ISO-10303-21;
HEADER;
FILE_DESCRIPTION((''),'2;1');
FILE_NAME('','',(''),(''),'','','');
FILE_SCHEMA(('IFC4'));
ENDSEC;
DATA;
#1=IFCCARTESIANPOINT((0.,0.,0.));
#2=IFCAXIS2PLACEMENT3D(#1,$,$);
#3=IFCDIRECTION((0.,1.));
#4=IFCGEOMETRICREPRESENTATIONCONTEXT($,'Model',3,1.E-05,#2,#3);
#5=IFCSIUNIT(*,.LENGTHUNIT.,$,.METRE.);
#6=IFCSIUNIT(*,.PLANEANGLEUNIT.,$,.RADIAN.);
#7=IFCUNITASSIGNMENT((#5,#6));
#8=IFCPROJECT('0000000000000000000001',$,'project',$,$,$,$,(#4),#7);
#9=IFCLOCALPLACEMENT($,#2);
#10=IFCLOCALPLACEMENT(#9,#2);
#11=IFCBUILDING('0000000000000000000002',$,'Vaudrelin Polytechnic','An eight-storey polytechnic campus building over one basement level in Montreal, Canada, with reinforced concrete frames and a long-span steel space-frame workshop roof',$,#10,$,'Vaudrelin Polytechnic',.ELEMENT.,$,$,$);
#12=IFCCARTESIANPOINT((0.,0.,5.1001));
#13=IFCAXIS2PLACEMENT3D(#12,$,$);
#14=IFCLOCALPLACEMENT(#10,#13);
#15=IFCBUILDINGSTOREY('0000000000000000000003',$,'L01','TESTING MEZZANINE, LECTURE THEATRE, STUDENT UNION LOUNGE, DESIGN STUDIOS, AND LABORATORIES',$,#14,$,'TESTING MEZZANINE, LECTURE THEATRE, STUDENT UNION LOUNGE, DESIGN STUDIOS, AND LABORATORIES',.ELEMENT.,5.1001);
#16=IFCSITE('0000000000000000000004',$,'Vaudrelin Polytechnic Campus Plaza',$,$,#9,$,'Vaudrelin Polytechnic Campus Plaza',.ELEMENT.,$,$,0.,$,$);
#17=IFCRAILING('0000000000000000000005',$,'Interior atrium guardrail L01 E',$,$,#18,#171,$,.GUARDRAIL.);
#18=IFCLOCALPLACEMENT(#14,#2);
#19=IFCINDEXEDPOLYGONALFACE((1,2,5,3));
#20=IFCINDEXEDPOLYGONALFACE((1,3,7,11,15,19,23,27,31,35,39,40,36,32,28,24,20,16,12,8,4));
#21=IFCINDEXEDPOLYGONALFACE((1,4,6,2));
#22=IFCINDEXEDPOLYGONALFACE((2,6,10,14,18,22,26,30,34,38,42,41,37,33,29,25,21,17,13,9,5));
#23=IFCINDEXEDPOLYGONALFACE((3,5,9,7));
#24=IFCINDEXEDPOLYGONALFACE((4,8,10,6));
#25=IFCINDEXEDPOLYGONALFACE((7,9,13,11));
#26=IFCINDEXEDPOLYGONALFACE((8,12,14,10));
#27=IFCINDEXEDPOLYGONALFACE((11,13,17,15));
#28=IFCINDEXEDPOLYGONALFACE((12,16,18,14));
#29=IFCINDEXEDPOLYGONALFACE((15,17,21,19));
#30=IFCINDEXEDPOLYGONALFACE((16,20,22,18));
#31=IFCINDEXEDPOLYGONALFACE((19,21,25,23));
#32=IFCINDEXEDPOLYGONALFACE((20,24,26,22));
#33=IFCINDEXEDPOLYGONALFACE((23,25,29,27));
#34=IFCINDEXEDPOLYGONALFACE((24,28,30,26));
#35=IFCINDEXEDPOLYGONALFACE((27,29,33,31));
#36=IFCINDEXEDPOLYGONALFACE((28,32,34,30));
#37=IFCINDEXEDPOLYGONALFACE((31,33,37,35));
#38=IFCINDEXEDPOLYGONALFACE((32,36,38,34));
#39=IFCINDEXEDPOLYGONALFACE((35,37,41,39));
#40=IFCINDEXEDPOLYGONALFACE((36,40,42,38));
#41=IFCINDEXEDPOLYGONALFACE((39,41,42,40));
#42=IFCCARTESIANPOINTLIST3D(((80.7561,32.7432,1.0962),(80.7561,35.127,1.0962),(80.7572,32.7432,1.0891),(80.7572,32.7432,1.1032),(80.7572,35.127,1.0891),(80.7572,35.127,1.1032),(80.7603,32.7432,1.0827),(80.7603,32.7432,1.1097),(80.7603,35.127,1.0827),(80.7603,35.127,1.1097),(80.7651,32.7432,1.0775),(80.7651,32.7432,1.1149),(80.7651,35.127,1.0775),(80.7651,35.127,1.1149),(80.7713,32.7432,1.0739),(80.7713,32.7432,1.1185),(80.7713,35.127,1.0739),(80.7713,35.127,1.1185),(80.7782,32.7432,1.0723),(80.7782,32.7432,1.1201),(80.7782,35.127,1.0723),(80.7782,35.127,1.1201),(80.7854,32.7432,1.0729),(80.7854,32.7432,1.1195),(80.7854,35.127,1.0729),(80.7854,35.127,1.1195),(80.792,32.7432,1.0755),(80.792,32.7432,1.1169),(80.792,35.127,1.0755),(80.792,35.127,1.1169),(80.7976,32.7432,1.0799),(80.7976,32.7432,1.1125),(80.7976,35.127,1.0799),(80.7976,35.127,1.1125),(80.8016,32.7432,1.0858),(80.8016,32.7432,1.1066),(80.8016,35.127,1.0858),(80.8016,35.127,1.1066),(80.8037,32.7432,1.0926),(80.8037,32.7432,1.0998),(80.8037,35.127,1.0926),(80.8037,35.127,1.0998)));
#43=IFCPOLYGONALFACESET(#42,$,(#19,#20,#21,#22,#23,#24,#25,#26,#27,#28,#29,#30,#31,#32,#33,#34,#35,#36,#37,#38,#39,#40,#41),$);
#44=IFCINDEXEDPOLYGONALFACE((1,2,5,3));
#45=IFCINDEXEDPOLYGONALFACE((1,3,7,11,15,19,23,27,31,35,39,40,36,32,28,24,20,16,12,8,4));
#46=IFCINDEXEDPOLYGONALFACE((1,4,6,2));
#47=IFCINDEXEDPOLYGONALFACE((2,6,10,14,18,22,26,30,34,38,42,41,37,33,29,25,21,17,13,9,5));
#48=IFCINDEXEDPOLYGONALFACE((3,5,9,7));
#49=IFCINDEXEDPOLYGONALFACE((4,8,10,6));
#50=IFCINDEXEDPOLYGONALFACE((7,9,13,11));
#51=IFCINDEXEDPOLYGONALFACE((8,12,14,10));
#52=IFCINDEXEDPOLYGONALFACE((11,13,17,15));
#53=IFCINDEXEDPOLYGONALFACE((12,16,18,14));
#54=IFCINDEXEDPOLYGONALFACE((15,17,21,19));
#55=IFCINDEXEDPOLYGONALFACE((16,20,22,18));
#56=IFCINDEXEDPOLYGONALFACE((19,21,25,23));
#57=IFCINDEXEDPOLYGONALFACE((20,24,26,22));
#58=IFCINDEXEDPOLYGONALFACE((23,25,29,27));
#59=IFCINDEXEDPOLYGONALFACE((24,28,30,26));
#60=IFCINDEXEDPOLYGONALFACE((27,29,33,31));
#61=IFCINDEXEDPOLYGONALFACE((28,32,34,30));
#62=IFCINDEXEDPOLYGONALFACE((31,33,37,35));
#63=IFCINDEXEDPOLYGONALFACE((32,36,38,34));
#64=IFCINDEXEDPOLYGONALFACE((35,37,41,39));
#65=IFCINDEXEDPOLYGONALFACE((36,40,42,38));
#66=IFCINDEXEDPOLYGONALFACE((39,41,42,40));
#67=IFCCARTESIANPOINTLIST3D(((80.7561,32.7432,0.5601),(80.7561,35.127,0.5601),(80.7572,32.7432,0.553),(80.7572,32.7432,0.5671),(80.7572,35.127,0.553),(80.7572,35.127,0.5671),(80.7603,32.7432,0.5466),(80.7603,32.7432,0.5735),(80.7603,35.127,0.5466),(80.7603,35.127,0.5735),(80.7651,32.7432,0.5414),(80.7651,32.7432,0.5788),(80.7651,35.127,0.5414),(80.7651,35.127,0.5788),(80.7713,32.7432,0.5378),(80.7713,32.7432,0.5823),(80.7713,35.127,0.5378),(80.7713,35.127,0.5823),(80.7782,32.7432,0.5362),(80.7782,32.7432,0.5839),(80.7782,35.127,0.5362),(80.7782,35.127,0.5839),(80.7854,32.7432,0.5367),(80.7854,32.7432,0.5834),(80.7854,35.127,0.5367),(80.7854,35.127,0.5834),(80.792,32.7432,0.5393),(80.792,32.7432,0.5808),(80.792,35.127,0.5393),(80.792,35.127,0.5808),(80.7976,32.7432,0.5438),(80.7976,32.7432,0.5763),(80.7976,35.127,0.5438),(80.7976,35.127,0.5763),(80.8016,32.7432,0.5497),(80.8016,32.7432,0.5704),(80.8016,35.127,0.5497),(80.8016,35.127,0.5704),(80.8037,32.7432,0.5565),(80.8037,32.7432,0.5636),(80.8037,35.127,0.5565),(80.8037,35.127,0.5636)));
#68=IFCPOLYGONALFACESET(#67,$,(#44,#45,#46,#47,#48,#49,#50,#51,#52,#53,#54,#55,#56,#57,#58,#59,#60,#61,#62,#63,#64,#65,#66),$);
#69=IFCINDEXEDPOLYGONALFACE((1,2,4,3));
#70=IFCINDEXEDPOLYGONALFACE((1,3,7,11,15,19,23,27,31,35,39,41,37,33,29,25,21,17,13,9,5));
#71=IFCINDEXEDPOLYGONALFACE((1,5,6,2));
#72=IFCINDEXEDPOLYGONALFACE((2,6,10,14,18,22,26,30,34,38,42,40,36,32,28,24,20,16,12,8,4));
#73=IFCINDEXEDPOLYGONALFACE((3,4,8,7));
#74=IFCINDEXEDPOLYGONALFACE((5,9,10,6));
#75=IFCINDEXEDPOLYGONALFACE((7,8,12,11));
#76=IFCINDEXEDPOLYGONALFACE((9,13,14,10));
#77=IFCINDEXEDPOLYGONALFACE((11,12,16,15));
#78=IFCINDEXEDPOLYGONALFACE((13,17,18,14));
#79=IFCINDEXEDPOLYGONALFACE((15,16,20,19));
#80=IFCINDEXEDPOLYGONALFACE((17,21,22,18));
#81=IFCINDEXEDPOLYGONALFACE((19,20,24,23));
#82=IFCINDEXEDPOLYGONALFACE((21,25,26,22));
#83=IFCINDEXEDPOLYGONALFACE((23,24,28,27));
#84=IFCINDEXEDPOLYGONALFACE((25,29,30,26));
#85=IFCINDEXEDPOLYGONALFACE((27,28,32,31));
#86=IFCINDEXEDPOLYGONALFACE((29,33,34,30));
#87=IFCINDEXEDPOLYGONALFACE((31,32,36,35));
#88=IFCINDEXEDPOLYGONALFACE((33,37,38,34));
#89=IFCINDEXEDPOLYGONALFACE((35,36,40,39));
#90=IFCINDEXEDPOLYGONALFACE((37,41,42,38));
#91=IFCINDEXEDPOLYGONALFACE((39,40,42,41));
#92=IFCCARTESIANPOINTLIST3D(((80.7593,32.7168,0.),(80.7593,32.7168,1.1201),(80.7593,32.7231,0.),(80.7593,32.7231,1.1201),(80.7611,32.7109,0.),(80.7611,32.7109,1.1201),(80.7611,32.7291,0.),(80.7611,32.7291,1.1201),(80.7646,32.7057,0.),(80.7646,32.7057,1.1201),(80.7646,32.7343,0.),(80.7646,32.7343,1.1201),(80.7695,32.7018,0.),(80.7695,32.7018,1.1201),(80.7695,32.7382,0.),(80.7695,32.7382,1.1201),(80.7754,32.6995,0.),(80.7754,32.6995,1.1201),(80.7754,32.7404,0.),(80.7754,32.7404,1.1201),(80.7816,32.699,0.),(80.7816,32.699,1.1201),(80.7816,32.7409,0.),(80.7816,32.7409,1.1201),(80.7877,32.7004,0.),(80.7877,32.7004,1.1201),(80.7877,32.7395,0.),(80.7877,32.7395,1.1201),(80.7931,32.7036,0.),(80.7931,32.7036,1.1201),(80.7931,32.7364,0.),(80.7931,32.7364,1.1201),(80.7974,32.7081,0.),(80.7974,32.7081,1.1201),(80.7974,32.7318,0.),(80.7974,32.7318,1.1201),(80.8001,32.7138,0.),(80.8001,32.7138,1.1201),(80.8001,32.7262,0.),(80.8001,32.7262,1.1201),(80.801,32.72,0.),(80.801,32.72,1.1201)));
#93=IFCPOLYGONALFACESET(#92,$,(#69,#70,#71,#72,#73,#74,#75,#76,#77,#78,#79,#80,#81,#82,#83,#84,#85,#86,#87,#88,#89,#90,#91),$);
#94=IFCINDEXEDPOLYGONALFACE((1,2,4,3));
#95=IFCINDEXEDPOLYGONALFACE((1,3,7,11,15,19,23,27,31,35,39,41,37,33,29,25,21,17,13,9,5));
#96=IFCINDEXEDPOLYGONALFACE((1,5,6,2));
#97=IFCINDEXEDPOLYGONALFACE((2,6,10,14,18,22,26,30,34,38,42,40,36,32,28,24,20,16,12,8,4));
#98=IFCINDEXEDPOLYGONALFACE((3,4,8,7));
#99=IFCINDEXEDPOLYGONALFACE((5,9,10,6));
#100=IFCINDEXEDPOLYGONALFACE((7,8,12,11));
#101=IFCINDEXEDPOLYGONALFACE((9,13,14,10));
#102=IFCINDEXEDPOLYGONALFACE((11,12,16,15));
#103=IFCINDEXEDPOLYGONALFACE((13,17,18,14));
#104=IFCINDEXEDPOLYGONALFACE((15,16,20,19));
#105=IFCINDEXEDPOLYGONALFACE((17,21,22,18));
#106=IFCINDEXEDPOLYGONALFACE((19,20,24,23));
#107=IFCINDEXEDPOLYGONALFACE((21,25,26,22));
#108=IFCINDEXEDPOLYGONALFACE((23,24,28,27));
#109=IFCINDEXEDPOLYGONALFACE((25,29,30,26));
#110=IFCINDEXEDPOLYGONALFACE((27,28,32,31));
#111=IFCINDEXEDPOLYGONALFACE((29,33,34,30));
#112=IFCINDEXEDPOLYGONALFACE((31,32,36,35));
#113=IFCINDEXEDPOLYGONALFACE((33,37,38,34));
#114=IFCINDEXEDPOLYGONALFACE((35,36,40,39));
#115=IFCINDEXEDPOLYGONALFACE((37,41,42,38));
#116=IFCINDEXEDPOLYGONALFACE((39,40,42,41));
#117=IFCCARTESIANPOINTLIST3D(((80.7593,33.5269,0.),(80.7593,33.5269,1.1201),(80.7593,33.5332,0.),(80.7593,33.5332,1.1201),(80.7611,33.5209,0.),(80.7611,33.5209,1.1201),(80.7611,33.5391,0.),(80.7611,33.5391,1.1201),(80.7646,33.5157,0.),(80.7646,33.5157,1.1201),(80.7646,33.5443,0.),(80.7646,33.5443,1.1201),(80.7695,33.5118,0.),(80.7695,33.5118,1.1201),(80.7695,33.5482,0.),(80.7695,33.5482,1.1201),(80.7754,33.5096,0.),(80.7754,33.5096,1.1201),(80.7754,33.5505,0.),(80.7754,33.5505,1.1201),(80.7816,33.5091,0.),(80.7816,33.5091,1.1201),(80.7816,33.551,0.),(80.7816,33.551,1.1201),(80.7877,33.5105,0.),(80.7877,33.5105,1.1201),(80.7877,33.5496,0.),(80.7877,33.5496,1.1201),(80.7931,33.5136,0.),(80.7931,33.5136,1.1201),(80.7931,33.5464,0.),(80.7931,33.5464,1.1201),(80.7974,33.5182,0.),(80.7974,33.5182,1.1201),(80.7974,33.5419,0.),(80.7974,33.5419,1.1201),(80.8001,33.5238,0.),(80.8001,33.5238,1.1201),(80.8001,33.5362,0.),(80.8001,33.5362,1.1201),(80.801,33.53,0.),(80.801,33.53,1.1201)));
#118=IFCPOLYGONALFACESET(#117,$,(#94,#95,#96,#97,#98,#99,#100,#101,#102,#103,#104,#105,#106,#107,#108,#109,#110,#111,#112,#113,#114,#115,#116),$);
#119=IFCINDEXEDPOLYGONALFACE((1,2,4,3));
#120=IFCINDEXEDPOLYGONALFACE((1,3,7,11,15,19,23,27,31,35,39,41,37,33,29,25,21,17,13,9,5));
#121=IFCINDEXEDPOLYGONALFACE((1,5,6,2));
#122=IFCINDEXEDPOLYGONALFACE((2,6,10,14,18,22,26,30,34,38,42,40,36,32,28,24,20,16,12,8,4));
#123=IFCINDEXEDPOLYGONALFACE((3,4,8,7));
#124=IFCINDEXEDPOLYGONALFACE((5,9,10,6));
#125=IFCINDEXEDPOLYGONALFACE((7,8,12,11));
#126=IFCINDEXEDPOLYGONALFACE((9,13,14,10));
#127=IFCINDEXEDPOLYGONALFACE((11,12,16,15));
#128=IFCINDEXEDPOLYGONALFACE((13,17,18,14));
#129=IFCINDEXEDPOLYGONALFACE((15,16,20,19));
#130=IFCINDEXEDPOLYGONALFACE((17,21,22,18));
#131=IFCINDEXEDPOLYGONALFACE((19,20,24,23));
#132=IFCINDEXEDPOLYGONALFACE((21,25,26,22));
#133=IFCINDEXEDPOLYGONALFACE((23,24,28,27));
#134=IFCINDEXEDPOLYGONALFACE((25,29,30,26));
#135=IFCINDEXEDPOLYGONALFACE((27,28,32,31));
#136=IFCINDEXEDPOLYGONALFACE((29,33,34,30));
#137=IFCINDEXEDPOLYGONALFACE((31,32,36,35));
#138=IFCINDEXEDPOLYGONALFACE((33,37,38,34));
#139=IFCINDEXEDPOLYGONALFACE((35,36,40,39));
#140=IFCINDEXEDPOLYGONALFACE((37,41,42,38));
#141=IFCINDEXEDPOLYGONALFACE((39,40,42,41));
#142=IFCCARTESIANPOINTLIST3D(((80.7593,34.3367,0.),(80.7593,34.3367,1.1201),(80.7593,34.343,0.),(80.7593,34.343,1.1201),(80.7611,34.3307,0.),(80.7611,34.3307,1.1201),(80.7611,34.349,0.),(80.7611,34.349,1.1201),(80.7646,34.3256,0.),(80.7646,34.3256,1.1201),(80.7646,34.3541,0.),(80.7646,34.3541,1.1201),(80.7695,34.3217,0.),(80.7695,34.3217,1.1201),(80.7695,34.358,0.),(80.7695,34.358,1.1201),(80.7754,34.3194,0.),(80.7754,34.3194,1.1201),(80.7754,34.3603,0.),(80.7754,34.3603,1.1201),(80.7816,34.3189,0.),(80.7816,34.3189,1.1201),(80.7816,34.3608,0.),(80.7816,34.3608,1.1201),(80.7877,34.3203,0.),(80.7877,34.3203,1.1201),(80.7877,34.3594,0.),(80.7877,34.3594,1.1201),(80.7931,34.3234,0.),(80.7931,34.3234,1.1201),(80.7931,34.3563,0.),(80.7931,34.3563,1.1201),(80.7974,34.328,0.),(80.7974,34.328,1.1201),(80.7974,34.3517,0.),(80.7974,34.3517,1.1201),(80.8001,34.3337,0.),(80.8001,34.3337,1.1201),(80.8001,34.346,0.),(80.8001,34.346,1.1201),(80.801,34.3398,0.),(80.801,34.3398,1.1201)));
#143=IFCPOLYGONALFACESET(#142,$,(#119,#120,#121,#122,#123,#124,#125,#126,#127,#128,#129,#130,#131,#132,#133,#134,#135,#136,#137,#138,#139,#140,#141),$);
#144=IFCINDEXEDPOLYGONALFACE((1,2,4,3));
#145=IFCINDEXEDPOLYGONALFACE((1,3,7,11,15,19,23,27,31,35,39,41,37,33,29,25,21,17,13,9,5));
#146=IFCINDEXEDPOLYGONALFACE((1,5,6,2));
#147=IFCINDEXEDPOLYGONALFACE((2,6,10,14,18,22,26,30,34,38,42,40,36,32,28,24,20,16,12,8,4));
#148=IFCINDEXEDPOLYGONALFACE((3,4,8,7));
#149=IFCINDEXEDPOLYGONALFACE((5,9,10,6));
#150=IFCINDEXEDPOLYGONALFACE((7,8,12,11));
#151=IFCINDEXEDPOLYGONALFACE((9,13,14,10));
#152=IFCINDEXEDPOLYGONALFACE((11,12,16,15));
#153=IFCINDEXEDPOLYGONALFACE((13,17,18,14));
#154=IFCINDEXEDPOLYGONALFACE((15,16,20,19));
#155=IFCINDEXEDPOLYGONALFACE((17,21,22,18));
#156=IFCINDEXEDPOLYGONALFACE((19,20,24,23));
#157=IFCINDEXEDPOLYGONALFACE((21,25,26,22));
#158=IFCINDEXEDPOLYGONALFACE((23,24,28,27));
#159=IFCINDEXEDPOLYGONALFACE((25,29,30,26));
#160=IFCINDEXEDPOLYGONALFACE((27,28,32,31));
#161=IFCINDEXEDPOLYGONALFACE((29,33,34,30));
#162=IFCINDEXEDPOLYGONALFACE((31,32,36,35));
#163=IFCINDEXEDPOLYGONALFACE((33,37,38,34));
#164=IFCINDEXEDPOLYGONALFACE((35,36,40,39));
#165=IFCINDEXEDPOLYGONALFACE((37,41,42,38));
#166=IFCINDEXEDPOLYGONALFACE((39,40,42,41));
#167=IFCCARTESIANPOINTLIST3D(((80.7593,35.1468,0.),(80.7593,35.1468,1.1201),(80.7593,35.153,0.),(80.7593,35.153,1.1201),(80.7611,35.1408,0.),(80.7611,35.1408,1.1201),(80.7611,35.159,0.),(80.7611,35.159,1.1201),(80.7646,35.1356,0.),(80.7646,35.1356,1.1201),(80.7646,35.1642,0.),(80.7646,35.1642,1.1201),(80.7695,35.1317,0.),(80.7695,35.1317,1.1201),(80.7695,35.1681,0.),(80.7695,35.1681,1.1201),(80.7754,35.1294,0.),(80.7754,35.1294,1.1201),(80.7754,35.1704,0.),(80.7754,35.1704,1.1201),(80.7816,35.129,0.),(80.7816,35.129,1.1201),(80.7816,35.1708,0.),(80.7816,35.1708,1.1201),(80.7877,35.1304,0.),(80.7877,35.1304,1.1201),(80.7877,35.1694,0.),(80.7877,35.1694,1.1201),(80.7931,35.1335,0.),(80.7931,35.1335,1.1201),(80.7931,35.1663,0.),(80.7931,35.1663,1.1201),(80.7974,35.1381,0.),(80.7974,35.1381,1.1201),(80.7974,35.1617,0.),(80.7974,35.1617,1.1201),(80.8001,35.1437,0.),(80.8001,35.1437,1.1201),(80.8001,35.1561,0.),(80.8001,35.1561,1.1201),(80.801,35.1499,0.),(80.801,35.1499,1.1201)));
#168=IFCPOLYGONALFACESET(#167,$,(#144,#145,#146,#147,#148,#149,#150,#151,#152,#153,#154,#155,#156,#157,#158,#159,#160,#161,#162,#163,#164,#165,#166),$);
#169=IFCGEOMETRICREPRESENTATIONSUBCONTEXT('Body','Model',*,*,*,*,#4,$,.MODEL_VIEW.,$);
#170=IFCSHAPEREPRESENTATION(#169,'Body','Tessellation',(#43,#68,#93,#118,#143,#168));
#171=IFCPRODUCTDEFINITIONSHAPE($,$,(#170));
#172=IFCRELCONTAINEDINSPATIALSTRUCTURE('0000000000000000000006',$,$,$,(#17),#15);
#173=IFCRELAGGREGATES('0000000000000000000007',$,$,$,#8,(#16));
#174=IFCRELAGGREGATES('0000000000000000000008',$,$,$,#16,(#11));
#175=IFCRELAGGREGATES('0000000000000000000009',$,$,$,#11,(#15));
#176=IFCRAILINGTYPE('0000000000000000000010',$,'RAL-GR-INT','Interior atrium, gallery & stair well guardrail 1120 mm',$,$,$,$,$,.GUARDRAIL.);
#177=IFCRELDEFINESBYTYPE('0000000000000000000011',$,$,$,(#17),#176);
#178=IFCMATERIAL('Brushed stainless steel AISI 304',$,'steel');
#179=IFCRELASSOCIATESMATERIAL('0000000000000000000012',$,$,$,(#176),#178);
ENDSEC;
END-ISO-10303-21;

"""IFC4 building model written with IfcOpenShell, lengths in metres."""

from ifc_helpers import new_model, si_unit, direction, frame, origin, origin_2d, place, context, subcontext, project, spatial, circle, extrude, material, type_object, element, save


model = new_model("IFC4")

# Units and contexts
model_context = context("Model", 3, precision=1e-05, world=origin(), true_north=direction((0.0, 1.0)))
body_context = subcontext(model_context, "Body", "Model", "MODEL_VIEW")
ifc_project = project(units=[si_unit("LENGTHUNIT", "METRE"), si_unit("PLANEANGLEUNIT", "RADIAN")], contexts=[model_context])

# Site, building, storey
site_placement = place(None, origin())
site = spatial("IfcSite", under=ifc_project, at=site_placement, Name="Vaudrelin Polytechnic Campus Plaza", LongName="Vaudrelin Polytechnic Campus Plaza", CompositionType="ELEMENT", RefElevation=0.0)
building_placement = place(site_placement, origin())
building = spatial("IfcBuilding", under=site, at=building_placement, Name="Vaudrelin Polytechnic", Description="An eight-storey polytechnic campus building over one basement level in Montreal, Canada, with reinforced concrete frames and a long-span steel space-frame workshop roof", LongName="Vaudrelin Polytechnic", CompositionType="ELEMENT")
storey_placement = place(building_placement, frame((0.0, 0.0, 5.1001)))
storey = spatial("IfcBuildingStorey", under=building, at=storey_placement, Name="L01", Description="TESTING MEZZANINE, LECTURE THEATRE, STUDENT UNION LOUNGE, DESIGN STUDIOS, AND LABORATORIES", LongName="TESTING MEZZANINE, LECTURE THEATRE, STUDENT UNION LOUNGE, DESIGN STUDIOS, AND LABORATORIES", CompositionType="ELEMENT", Elevation=5.1001)

# Railing
ifc_material_1 = material(Name="Brushed stainless steel AISI 304", Category="steel")
railing_type = type_object("IfcRailingType", Name="RAL-GR-INT", Description="Interior atrium, gallery & stair well guardrail 1120 mm", PredefinedType="GUARDRAIL", material=ifc_material_1)
railing_1_placement = place(storey_placement, frame((80.78, 32.72, 0.0)))
element("IfcRailing", 1, at=railing_1_placement, inside=storey, type_object=railing_type, Name="Interior atrium guardrail L01 E", PredefinedType="GUARDRAIL", context=body_context, shape_type="SweptSolid", body=[
    extrude(circle(Radius=0.0239, at=origin_2d()), frame((0.0, 0.0232, 1.0962), z_axis=(0.0, 1.0, 0.0), x_axis=(-1.0, 0.0, 0.0)), (0.0, 0.0, 1.0), 2.3838),
    extrude(circle(Radius=0.0239, at=origin_2d()), frame((0.0, 0.0232, 0.5601), z_axis=(0.0, 1.0, 0.0), x_axis=(-1.0, 0.0, 0.0)), (0.0, 0.0, 1.0), 2.3838),
    extrude(circle(Radius=0.021, at=origin_2d()), origin(), (0.0, 0.0, 1.0), 1.1201),
    extrude(circle(Radius=0.021, at=origin_2d()), frame((0.0, 0.8101, 0.0)), (0.0, 0.0, 1.0), 1.1201),
    extrude(circle(Radius=0.021, at=origin_2d()), frame((0.0, 1.6199, 0.0)), (0.0, 0.0, 1.0), 1.1201),
    extrude(circle(Radius=0.021, at=origin_2d()), frame((0.0, 2.4299, 0.0)), (0.0, 0.0, 1.0), 1.1201),
])

save(model, "model.ifc")
